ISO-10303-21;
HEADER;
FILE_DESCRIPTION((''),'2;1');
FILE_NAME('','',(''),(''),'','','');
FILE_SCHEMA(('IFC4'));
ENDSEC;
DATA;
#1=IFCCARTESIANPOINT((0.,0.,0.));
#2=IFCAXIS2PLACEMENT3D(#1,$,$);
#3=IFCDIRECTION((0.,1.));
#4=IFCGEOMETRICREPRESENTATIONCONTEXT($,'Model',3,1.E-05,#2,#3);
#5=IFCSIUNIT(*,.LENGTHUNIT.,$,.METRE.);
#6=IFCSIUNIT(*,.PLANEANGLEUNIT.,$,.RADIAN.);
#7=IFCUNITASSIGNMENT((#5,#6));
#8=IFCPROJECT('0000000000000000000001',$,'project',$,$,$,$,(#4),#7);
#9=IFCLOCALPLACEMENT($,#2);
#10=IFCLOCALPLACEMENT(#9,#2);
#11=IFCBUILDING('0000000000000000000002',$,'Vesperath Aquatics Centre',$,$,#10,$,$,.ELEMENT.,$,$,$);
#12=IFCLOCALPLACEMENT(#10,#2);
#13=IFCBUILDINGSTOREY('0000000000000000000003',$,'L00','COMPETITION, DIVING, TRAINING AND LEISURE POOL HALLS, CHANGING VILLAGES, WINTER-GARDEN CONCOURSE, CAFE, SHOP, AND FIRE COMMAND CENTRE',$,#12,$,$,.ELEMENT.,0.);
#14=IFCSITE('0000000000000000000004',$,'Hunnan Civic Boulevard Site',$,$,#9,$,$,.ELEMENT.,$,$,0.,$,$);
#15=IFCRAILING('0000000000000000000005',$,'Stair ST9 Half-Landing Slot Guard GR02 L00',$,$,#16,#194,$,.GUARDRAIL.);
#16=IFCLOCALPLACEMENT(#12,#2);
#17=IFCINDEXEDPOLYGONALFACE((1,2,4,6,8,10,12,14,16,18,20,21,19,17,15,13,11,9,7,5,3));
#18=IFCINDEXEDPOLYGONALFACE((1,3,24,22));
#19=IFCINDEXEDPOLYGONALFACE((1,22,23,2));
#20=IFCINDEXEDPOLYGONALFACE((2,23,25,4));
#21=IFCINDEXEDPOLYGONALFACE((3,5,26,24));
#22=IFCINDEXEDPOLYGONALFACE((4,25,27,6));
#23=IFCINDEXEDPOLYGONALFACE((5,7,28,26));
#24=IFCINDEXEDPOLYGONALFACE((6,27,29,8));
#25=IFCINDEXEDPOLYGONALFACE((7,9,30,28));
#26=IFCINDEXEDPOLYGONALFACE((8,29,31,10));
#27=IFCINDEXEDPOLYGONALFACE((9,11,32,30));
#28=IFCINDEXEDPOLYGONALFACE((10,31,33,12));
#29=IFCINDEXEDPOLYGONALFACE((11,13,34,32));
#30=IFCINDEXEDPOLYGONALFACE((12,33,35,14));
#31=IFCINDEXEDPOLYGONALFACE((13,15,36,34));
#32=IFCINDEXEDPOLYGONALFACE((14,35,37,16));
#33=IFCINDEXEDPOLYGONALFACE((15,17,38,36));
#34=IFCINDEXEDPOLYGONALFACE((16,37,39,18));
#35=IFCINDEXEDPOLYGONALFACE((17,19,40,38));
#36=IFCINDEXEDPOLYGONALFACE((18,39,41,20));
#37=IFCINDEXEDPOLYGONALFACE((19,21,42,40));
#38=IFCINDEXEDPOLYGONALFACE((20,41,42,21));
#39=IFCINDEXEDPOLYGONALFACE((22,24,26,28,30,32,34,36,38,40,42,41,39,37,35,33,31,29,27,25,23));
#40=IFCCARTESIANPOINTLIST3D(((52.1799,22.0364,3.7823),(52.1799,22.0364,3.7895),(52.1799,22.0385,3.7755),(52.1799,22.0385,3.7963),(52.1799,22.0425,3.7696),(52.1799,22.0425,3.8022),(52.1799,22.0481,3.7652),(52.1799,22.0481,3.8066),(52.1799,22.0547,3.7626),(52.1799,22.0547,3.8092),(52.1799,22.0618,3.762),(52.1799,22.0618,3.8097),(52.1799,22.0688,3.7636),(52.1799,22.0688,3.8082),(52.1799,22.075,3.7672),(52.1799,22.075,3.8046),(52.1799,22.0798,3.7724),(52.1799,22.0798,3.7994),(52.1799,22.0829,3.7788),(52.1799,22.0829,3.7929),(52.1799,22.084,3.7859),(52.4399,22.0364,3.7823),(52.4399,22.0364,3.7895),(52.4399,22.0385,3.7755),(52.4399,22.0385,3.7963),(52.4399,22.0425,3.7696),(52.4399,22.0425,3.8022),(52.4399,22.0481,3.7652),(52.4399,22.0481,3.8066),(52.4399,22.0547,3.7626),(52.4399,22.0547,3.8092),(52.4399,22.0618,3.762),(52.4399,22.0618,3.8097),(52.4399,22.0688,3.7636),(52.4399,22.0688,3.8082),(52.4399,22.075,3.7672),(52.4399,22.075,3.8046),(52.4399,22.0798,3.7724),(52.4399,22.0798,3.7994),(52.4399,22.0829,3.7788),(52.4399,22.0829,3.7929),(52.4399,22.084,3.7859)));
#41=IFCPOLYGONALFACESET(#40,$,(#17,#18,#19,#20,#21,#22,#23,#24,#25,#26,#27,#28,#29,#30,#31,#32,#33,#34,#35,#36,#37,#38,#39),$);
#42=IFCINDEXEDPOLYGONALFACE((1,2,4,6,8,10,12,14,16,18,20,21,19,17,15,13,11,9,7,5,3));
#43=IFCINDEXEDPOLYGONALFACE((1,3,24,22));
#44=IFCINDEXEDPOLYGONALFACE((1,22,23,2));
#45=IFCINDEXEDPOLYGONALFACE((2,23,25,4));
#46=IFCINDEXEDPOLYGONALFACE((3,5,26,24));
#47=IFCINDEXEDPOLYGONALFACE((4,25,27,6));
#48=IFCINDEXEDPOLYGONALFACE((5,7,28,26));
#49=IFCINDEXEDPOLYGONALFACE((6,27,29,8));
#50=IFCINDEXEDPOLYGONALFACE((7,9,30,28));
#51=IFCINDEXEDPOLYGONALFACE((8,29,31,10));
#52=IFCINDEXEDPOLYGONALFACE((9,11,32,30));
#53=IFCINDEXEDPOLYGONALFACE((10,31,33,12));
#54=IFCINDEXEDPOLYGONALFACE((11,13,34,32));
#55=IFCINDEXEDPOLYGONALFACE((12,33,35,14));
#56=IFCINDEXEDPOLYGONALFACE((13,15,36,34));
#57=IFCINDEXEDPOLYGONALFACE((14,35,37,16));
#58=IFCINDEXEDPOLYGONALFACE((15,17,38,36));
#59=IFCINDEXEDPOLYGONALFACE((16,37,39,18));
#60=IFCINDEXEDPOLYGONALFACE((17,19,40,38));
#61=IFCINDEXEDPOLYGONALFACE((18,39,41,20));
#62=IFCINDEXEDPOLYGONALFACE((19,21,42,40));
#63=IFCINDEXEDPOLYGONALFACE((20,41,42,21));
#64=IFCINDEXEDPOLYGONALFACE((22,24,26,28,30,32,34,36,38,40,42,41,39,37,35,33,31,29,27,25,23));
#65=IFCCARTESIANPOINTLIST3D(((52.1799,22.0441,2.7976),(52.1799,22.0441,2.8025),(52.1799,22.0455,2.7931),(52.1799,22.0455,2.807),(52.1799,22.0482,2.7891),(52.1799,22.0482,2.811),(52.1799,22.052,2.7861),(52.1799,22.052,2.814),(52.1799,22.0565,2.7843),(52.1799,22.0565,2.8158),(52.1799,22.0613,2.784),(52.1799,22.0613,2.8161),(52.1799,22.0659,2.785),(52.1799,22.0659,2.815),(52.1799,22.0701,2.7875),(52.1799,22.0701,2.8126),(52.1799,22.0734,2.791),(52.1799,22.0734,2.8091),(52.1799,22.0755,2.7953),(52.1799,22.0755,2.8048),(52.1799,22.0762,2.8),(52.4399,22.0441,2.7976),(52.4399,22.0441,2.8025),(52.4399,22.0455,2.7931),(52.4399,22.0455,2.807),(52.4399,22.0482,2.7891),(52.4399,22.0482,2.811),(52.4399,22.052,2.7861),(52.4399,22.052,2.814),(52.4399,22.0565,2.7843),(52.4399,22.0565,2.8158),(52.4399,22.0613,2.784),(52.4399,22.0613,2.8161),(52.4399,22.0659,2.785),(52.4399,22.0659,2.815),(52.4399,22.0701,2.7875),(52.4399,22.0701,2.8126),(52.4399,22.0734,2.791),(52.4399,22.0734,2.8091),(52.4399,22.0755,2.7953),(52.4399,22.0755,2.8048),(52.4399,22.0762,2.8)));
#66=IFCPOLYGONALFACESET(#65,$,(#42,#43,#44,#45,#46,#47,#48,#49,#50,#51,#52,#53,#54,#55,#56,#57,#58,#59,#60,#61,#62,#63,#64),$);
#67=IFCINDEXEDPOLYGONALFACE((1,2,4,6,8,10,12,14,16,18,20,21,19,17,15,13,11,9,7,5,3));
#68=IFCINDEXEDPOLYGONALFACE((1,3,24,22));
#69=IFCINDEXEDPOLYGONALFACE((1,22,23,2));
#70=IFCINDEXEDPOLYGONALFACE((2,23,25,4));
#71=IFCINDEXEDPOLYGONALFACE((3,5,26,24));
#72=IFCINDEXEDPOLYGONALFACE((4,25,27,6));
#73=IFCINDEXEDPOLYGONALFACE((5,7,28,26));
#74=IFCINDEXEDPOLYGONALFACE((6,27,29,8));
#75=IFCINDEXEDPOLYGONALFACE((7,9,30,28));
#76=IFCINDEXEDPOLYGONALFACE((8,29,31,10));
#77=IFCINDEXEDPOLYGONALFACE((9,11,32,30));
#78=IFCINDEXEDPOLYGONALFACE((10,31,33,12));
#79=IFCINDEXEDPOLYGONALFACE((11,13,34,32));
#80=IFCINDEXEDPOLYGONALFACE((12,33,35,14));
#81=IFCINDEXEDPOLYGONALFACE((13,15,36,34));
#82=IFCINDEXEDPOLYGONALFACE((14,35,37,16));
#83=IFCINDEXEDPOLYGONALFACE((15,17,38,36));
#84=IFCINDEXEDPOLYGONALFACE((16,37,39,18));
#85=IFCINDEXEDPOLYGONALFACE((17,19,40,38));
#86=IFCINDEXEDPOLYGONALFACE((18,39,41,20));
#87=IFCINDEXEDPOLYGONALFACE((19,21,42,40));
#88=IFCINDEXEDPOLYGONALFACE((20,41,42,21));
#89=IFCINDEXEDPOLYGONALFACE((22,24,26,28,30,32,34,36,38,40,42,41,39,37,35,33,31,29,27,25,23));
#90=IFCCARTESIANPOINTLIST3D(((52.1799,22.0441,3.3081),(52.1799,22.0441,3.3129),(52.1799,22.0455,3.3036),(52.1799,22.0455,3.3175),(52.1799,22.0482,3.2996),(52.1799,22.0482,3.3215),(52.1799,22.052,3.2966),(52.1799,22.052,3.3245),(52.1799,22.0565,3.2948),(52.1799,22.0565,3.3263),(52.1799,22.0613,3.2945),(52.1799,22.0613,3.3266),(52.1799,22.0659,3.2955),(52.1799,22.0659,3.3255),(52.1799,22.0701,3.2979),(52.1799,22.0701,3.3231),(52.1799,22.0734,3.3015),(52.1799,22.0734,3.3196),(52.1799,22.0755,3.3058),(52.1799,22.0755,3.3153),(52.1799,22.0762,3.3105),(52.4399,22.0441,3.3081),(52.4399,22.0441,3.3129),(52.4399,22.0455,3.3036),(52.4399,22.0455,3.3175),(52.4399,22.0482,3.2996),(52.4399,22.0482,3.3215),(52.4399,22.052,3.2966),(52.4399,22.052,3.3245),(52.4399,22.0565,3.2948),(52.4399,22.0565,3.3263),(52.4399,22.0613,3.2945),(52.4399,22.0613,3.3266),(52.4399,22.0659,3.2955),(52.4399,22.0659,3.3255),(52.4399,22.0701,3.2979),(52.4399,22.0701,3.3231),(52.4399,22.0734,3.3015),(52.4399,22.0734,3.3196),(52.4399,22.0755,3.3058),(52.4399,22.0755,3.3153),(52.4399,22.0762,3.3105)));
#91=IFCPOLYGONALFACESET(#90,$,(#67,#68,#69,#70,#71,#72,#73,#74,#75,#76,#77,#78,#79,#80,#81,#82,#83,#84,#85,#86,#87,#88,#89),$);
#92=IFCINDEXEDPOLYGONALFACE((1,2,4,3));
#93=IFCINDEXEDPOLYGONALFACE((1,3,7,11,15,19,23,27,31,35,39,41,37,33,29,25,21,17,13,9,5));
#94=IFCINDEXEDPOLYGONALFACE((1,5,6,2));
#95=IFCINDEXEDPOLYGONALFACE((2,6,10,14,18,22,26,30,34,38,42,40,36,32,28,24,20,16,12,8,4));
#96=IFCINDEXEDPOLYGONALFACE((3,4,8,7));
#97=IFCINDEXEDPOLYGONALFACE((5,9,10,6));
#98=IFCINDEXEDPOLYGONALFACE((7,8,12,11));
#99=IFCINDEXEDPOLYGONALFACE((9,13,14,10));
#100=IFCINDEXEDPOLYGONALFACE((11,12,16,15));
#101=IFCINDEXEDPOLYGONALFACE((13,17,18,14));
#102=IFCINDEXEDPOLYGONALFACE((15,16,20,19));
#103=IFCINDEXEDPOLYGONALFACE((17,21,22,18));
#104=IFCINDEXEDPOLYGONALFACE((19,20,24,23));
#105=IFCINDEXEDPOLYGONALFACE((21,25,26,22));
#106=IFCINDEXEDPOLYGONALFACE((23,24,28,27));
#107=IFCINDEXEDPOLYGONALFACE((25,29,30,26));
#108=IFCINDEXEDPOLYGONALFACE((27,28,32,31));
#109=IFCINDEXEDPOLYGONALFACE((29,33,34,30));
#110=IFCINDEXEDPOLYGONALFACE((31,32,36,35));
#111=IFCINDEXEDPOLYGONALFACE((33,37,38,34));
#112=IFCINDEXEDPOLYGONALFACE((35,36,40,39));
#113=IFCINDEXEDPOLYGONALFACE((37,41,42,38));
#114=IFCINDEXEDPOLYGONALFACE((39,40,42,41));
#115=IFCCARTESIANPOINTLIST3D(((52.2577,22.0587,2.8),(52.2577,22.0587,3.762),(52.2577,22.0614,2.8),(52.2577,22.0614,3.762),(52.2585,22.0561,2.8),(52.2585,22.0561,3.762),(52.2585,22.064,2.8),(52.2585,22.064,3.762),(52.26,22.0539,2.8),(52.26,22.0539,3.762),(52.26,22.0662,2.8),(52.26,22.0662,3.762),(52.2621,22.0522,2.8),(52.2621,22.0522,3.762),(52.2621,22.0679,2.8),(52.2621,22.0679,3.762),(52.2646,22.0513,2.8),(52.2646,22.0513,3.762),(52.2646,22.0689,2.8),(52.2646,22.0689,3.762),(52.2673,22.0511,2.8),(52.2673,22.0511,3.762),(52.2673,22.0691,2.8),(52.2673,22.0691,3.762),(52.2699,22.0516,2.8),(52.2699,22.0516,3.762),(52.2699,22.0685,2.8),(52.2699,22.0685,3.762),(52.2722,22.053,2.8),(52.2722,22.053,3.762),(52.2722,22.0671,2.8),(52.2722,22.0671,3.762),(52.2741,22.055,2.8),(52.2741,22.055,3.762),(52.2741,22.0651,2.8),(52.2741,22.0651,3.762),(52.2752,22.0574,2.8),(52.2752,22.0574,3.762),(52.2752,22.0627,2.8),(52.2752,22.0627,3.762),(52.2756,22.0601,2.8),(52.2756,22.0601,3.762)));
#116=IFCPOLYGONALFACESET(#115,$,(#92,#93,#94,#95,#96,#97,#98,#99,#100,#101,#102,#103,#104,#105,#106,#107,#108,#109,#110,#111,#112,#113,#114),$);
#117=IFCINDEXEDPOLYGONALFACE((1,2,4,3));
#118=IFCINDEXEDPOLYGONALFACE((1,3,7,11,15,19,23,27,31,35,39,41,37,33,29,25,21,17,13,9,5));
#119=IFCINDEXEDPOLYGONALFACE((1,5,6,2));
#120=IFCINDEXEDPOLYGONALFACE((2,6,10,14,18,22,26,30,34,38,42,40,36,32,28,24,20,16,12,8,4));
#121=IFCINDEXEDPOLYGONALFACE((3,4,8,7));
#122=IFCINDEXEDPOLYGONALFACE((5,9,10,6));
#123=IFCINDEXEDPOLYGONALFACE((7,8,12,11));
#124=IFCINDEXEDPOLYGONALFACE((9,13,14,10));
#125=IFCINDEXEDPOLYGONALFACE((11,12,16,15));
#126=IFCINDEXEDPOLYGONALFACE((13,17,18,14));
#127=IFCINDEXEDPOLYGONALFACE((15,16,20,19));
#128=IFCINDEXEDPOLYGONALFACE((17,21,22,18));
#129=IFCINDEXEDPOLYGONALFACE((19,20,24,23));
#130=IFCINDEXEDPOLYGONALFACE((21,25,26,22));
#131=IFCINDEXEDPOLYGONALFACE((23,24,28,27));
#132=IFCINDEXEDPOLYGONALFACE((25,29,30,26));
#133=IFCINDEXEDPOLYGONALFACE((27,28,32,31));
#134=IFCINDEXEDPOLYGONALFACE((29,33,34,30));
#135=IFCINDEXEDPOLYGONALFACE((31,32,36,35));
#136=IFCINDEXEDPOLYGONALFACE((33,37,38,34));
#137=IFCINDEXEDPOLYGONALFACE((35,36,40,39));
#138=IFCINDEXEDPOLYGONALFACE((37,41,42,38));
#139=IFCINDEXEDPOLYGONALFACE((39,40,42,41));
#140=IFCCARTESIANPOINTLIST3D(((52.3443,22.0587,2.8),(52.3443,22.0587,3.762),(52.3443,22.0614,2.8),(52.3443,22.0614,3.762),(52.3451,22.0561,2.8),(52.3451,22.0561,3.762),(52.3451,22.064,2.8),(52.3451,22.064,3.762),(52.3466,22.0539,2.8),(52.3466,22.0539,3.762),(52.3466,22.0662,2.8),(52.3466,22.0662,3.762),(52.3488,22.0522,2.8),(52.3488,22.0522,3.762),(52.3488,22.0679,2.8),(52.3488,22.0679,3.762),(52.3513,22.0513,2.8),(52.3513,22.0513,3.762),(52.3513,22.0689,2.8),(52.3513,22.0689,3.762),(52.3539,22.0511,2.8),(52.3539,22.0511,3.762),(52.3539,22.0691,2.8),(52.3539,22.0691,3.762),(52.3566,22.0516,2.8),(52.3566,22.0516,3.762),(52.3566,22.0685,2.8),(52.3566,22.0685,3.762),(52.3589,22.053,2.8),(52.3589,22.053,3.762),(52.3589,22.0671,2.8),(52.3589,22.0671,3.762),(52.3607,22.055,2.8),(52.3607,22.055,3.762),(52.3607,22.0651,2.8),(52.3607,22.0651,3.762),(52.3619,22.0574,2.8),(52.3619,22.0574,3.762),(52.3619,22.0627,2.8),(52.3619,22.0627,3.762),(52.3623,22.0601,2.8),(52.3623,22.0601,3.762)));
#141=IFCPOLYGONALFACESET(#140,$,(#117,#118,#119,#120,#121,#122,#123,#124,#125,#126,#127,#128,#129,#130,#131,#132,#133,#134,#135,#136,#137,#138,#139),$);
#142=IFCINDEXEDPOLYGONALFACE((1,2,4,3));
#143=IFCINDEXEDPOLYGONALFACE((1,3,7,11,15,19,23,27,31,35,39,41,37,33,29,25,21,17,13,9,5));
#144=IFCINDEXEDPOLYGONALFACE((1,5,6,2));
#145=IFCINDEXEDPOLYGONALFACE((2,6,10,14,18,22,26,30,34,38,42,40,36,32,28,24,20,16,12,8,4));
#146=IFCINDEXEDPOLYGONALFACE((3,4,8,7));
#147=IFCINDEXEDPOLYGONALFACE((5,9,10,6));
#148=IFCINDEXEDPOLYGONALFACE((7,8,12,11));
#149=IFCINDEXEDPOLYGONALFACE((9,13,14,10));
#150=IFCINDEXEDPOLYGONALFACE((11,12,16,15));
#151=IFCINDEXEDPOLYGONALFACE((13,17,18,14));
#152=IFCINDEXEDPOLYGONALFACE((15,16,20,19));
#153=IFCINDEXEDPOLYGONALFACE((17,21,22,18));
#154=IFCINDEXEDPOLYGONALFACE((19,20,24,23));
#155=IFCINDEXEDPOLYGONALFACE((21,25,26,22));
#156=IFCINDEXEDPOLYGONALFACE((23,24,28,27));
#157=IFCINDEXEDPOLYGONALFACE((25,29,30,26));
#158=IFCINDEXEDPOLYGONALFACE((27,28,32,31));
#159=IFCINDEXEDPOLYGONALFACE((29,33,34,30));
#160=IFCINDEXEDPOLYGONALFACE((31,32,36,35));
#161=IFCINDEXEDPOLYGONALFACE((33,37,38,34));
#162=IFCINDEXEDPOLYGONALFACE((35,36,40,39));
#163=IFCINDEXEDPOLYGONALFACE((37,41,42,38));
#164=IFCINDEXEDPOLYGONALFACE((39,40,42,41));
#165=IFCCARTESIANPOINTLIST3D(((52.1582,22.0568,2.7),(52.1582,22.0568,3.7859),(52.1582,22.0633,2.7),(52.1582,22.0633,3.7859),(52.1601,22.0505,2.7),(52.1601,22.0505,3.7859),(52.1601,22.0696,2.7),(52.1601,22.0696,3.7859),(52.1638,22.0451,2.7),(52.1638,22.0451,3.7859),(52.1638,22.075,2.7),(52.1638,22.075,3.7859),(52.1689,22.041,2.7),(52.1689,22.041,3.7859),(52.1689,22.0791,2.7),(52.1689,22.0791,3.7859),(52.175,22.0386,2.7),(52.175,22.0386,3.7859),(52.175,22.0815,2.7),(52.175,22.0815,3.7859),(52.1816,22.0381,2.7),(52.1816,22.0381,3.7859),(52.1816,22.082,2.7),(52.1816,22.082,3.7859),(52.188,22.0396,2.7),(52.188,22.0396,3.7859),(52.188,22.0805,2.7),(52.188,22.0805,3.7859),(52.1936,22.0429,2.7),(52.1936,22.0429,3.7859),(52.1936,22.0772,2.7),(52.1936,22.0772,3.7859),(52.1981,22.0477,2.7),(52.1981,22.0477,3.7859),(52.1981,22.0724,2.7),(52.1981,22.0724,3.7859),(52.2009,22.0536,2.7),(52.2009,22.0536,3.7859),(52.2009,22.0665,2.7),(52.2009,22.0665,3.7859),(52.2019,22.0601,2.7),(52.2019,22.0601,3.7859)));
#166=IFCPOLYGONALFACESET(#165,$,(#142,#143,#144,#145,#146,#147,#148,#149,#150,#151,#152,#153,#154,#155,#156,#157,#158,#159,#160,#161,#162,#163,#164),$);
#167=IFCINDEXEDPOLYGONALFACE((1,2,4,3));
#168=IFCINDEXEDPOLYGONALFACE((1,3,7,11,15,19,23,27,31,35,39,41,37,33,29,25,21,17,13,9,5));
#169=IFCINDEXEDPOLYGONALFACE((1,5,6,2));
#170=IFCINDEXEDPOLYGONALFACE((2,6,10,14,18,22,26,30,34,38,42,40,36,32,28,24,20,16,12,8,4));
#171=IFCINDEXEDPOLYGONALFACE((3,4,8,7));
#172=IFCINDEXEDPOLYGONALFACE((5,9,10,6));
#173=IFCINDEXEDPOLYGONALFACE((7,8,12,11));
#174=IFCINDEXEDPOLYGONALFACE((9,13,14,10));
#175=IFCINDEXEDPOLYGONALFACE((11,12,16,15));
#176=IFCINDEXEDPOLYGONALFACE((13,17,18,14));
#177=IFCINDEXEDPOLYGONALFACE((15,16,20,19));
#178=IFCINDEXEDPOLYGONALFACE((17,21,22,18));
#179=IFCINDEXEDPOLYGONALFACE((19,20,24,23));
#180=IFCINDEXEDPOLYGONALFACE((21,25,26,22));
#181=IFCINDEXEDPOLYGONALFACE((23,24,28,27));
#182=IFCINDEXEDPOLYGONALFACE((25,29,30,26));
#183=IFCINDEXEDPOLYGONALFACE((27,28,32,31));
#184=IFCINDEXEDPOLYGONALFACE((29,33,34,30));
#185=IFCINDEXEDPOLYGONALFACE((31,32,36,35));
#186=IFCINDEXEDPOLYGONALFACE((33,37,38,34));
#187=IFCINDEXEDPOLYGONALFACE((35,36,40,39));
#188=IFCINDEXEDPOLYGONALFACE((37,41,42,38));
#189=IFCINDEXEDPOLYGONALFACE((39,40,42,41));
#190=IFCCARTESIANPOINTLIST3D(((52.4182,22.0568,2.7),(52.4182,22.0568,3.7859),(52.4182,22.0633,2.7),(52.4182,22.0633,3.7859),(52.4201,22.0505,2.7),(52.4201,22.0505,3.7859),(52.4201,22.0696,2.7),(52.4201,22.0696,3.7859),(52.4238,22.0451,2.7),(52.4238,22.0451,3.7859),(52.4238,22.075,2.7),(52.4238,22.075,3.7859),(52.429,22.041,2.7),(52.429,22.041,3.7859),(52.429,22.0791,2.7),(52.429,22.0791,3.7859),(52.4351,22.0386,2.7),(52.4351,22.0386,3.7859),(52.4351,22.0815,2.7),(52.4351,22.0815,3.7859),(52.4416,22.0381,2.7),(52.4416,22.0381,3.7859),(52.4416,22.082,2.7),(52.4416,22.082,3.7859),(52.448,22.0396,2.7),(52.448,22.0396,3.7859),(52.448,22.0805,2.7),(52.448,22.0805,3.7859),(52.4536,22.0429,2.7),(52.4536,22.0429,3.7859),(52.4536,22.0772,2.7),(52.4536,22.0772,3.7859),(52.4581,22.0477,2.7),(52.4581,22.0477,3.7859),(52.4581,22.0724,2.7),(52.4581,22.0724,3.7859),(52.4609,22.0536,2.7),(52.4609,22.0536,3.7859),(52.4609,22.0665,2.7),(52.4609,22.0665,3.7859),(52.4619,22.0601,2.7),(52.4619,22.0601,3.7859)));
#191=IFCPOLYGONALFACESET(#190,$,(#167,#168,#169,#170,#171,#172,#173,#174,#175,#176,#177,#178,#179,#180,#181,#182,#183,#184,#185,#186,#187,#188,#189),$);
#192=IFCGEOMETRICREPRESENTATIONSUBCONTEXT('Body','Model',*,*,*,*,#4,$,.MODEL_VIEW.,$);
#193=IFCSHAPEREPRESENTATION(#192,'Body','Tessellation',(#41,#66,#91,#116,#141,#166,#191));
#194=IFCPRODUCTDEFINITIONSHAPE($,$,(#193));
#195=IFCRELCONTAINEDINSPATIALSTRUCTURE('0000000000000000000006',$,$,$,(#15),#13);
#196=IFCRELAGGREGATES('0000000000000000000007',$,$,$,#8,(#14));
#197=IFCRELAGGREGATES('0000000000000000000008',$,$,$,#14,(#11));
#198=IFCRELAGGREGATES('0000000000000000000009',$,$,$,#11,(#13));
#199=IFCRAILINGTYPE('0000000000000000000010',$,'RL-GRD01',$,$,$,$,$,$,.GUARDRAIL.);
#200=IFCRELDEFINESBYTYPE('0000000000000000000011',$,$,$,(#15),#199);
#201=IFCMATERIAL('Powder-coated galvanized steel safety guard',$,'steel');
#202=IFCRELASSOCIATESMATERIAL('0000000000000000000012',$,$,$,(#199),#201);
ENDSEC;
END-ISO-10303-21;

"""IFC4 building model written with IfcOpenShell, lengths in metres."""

from ifc_helpers import new_model, si_unit, direction, frame, origin, origin_2d, place, context, subcontext, project, spatial, circle, extrude, material, type_object, element, save


model = new_model("IFC4")

# Units and contexts
model_context = context("Model", 3, precision=1e-05, world=origin(), true_north=direction((0.0, 1.0)))
body_context = subcontext(model_context, "Body", "Model", "MODEL_VIEW")
ifc_project = project(units=[si_unit("LENGTHUNIT", "METRE"), si_unit("PLANEANGLEUNIT", "RADIAN")], contexts=[model_context])

# Site, building, storey
site_placement = place(None, origin())
site = spatial("IfcSite", under=ifc_project, at=site_placement, Name="Hunnan Civic Boulevard Site", CompositionType="ELEMENT", RefElevation=0.0)
building_placement = place(site_placement, origin())
building = spatial("IfcBuilding", under=site, at=building_placement, Name="Vesperath Aquatics Centre", CompositionType="ELEMENT")
storey_placement = place(building_placement, origin())
storey = spatial("IfcBuildingStorey", under=building, at=storey_placement, Name="L00", Description="COMPETITION, DIVING, TRAINING AND LEISURE POOL HALLS, CHANGING VILLAGES, WINTER-GARDEN CONCOURSE, CAFE, SHOP, AND FIRE COMMAND CENTRE", CompositionType="ELEMENT", Elevation=0.0)

# Railing
ifc_material_1 = material(Name="Powder-coated galvanized steel safety guard", Category="steel")
railing_type_1 = type_object("IfcRailingType", Name="RL-GRD01", PredefinedType="GUARDRAIL", material=ifc_material_1)
railing_1_placement = place(storey_placement, frame((52.1799, 22.0601, 2.7)))
element("IfcRailing", 1, at=railing_1_placement, inside=storey, type_object=railing_type_1, Name="Stair ST9 Half-Landing Slot Guard GR02 L00", PredefinedType="GUARDRAIL", context=body_context, shape_type="SweptSolid", body=[
    extrude(circle(Radius=0.0239, at=origin_2d()), frame((0.0, 0.0, 1.0859), z_axis=(1.0, 0.0, 0.0), x_axis=(0.0, 1.0, 0.0)), (0.0, 0.0, 1.0), 0.26),
    extrude(circle(Radius=0.0161, at=origin_2d()), frame((0.0, 0.0, 0.1001), z_axis=(1.0, 0.0, 0.0), x_axis=(0.0, 1.0, 0.0)), (0.0, 0.0, 1.0), 0.26),
    extrude(circle(Radius=0.0161, at=origin_2d()), frame((0.0, 0.0, 0.6106), z_axis=(1.0, 0.0, 0.0), x_axis=(0.0, 1.0, 0.0)), (0.0, 0.0, 1.0), 0.26),
    extrude(circle(Radius=0.009, at=origin_2d()), frame((0.0867, 0.0, 0.1001)), (0.0, 0.0, 1.0), 0.9619),
    extrude(circle(Radius=0.009, at=origin_2d()), frame((0.1733, 0.0, 0.1001)), (0.0, 0.0, 1.0), 0.9619),
    extrude(circle(Radius=0.022, at=origin_2d()), origin(), (0.0, 0.0, 1.0), 1.0859),
    extrude(circle(Radius=0.022, at=origin_2d()), frame((0.26, 0.0, 0.0)), (0.0, 0.0, 1.0), 1.0859),
])

save(model, "model.ifc")
